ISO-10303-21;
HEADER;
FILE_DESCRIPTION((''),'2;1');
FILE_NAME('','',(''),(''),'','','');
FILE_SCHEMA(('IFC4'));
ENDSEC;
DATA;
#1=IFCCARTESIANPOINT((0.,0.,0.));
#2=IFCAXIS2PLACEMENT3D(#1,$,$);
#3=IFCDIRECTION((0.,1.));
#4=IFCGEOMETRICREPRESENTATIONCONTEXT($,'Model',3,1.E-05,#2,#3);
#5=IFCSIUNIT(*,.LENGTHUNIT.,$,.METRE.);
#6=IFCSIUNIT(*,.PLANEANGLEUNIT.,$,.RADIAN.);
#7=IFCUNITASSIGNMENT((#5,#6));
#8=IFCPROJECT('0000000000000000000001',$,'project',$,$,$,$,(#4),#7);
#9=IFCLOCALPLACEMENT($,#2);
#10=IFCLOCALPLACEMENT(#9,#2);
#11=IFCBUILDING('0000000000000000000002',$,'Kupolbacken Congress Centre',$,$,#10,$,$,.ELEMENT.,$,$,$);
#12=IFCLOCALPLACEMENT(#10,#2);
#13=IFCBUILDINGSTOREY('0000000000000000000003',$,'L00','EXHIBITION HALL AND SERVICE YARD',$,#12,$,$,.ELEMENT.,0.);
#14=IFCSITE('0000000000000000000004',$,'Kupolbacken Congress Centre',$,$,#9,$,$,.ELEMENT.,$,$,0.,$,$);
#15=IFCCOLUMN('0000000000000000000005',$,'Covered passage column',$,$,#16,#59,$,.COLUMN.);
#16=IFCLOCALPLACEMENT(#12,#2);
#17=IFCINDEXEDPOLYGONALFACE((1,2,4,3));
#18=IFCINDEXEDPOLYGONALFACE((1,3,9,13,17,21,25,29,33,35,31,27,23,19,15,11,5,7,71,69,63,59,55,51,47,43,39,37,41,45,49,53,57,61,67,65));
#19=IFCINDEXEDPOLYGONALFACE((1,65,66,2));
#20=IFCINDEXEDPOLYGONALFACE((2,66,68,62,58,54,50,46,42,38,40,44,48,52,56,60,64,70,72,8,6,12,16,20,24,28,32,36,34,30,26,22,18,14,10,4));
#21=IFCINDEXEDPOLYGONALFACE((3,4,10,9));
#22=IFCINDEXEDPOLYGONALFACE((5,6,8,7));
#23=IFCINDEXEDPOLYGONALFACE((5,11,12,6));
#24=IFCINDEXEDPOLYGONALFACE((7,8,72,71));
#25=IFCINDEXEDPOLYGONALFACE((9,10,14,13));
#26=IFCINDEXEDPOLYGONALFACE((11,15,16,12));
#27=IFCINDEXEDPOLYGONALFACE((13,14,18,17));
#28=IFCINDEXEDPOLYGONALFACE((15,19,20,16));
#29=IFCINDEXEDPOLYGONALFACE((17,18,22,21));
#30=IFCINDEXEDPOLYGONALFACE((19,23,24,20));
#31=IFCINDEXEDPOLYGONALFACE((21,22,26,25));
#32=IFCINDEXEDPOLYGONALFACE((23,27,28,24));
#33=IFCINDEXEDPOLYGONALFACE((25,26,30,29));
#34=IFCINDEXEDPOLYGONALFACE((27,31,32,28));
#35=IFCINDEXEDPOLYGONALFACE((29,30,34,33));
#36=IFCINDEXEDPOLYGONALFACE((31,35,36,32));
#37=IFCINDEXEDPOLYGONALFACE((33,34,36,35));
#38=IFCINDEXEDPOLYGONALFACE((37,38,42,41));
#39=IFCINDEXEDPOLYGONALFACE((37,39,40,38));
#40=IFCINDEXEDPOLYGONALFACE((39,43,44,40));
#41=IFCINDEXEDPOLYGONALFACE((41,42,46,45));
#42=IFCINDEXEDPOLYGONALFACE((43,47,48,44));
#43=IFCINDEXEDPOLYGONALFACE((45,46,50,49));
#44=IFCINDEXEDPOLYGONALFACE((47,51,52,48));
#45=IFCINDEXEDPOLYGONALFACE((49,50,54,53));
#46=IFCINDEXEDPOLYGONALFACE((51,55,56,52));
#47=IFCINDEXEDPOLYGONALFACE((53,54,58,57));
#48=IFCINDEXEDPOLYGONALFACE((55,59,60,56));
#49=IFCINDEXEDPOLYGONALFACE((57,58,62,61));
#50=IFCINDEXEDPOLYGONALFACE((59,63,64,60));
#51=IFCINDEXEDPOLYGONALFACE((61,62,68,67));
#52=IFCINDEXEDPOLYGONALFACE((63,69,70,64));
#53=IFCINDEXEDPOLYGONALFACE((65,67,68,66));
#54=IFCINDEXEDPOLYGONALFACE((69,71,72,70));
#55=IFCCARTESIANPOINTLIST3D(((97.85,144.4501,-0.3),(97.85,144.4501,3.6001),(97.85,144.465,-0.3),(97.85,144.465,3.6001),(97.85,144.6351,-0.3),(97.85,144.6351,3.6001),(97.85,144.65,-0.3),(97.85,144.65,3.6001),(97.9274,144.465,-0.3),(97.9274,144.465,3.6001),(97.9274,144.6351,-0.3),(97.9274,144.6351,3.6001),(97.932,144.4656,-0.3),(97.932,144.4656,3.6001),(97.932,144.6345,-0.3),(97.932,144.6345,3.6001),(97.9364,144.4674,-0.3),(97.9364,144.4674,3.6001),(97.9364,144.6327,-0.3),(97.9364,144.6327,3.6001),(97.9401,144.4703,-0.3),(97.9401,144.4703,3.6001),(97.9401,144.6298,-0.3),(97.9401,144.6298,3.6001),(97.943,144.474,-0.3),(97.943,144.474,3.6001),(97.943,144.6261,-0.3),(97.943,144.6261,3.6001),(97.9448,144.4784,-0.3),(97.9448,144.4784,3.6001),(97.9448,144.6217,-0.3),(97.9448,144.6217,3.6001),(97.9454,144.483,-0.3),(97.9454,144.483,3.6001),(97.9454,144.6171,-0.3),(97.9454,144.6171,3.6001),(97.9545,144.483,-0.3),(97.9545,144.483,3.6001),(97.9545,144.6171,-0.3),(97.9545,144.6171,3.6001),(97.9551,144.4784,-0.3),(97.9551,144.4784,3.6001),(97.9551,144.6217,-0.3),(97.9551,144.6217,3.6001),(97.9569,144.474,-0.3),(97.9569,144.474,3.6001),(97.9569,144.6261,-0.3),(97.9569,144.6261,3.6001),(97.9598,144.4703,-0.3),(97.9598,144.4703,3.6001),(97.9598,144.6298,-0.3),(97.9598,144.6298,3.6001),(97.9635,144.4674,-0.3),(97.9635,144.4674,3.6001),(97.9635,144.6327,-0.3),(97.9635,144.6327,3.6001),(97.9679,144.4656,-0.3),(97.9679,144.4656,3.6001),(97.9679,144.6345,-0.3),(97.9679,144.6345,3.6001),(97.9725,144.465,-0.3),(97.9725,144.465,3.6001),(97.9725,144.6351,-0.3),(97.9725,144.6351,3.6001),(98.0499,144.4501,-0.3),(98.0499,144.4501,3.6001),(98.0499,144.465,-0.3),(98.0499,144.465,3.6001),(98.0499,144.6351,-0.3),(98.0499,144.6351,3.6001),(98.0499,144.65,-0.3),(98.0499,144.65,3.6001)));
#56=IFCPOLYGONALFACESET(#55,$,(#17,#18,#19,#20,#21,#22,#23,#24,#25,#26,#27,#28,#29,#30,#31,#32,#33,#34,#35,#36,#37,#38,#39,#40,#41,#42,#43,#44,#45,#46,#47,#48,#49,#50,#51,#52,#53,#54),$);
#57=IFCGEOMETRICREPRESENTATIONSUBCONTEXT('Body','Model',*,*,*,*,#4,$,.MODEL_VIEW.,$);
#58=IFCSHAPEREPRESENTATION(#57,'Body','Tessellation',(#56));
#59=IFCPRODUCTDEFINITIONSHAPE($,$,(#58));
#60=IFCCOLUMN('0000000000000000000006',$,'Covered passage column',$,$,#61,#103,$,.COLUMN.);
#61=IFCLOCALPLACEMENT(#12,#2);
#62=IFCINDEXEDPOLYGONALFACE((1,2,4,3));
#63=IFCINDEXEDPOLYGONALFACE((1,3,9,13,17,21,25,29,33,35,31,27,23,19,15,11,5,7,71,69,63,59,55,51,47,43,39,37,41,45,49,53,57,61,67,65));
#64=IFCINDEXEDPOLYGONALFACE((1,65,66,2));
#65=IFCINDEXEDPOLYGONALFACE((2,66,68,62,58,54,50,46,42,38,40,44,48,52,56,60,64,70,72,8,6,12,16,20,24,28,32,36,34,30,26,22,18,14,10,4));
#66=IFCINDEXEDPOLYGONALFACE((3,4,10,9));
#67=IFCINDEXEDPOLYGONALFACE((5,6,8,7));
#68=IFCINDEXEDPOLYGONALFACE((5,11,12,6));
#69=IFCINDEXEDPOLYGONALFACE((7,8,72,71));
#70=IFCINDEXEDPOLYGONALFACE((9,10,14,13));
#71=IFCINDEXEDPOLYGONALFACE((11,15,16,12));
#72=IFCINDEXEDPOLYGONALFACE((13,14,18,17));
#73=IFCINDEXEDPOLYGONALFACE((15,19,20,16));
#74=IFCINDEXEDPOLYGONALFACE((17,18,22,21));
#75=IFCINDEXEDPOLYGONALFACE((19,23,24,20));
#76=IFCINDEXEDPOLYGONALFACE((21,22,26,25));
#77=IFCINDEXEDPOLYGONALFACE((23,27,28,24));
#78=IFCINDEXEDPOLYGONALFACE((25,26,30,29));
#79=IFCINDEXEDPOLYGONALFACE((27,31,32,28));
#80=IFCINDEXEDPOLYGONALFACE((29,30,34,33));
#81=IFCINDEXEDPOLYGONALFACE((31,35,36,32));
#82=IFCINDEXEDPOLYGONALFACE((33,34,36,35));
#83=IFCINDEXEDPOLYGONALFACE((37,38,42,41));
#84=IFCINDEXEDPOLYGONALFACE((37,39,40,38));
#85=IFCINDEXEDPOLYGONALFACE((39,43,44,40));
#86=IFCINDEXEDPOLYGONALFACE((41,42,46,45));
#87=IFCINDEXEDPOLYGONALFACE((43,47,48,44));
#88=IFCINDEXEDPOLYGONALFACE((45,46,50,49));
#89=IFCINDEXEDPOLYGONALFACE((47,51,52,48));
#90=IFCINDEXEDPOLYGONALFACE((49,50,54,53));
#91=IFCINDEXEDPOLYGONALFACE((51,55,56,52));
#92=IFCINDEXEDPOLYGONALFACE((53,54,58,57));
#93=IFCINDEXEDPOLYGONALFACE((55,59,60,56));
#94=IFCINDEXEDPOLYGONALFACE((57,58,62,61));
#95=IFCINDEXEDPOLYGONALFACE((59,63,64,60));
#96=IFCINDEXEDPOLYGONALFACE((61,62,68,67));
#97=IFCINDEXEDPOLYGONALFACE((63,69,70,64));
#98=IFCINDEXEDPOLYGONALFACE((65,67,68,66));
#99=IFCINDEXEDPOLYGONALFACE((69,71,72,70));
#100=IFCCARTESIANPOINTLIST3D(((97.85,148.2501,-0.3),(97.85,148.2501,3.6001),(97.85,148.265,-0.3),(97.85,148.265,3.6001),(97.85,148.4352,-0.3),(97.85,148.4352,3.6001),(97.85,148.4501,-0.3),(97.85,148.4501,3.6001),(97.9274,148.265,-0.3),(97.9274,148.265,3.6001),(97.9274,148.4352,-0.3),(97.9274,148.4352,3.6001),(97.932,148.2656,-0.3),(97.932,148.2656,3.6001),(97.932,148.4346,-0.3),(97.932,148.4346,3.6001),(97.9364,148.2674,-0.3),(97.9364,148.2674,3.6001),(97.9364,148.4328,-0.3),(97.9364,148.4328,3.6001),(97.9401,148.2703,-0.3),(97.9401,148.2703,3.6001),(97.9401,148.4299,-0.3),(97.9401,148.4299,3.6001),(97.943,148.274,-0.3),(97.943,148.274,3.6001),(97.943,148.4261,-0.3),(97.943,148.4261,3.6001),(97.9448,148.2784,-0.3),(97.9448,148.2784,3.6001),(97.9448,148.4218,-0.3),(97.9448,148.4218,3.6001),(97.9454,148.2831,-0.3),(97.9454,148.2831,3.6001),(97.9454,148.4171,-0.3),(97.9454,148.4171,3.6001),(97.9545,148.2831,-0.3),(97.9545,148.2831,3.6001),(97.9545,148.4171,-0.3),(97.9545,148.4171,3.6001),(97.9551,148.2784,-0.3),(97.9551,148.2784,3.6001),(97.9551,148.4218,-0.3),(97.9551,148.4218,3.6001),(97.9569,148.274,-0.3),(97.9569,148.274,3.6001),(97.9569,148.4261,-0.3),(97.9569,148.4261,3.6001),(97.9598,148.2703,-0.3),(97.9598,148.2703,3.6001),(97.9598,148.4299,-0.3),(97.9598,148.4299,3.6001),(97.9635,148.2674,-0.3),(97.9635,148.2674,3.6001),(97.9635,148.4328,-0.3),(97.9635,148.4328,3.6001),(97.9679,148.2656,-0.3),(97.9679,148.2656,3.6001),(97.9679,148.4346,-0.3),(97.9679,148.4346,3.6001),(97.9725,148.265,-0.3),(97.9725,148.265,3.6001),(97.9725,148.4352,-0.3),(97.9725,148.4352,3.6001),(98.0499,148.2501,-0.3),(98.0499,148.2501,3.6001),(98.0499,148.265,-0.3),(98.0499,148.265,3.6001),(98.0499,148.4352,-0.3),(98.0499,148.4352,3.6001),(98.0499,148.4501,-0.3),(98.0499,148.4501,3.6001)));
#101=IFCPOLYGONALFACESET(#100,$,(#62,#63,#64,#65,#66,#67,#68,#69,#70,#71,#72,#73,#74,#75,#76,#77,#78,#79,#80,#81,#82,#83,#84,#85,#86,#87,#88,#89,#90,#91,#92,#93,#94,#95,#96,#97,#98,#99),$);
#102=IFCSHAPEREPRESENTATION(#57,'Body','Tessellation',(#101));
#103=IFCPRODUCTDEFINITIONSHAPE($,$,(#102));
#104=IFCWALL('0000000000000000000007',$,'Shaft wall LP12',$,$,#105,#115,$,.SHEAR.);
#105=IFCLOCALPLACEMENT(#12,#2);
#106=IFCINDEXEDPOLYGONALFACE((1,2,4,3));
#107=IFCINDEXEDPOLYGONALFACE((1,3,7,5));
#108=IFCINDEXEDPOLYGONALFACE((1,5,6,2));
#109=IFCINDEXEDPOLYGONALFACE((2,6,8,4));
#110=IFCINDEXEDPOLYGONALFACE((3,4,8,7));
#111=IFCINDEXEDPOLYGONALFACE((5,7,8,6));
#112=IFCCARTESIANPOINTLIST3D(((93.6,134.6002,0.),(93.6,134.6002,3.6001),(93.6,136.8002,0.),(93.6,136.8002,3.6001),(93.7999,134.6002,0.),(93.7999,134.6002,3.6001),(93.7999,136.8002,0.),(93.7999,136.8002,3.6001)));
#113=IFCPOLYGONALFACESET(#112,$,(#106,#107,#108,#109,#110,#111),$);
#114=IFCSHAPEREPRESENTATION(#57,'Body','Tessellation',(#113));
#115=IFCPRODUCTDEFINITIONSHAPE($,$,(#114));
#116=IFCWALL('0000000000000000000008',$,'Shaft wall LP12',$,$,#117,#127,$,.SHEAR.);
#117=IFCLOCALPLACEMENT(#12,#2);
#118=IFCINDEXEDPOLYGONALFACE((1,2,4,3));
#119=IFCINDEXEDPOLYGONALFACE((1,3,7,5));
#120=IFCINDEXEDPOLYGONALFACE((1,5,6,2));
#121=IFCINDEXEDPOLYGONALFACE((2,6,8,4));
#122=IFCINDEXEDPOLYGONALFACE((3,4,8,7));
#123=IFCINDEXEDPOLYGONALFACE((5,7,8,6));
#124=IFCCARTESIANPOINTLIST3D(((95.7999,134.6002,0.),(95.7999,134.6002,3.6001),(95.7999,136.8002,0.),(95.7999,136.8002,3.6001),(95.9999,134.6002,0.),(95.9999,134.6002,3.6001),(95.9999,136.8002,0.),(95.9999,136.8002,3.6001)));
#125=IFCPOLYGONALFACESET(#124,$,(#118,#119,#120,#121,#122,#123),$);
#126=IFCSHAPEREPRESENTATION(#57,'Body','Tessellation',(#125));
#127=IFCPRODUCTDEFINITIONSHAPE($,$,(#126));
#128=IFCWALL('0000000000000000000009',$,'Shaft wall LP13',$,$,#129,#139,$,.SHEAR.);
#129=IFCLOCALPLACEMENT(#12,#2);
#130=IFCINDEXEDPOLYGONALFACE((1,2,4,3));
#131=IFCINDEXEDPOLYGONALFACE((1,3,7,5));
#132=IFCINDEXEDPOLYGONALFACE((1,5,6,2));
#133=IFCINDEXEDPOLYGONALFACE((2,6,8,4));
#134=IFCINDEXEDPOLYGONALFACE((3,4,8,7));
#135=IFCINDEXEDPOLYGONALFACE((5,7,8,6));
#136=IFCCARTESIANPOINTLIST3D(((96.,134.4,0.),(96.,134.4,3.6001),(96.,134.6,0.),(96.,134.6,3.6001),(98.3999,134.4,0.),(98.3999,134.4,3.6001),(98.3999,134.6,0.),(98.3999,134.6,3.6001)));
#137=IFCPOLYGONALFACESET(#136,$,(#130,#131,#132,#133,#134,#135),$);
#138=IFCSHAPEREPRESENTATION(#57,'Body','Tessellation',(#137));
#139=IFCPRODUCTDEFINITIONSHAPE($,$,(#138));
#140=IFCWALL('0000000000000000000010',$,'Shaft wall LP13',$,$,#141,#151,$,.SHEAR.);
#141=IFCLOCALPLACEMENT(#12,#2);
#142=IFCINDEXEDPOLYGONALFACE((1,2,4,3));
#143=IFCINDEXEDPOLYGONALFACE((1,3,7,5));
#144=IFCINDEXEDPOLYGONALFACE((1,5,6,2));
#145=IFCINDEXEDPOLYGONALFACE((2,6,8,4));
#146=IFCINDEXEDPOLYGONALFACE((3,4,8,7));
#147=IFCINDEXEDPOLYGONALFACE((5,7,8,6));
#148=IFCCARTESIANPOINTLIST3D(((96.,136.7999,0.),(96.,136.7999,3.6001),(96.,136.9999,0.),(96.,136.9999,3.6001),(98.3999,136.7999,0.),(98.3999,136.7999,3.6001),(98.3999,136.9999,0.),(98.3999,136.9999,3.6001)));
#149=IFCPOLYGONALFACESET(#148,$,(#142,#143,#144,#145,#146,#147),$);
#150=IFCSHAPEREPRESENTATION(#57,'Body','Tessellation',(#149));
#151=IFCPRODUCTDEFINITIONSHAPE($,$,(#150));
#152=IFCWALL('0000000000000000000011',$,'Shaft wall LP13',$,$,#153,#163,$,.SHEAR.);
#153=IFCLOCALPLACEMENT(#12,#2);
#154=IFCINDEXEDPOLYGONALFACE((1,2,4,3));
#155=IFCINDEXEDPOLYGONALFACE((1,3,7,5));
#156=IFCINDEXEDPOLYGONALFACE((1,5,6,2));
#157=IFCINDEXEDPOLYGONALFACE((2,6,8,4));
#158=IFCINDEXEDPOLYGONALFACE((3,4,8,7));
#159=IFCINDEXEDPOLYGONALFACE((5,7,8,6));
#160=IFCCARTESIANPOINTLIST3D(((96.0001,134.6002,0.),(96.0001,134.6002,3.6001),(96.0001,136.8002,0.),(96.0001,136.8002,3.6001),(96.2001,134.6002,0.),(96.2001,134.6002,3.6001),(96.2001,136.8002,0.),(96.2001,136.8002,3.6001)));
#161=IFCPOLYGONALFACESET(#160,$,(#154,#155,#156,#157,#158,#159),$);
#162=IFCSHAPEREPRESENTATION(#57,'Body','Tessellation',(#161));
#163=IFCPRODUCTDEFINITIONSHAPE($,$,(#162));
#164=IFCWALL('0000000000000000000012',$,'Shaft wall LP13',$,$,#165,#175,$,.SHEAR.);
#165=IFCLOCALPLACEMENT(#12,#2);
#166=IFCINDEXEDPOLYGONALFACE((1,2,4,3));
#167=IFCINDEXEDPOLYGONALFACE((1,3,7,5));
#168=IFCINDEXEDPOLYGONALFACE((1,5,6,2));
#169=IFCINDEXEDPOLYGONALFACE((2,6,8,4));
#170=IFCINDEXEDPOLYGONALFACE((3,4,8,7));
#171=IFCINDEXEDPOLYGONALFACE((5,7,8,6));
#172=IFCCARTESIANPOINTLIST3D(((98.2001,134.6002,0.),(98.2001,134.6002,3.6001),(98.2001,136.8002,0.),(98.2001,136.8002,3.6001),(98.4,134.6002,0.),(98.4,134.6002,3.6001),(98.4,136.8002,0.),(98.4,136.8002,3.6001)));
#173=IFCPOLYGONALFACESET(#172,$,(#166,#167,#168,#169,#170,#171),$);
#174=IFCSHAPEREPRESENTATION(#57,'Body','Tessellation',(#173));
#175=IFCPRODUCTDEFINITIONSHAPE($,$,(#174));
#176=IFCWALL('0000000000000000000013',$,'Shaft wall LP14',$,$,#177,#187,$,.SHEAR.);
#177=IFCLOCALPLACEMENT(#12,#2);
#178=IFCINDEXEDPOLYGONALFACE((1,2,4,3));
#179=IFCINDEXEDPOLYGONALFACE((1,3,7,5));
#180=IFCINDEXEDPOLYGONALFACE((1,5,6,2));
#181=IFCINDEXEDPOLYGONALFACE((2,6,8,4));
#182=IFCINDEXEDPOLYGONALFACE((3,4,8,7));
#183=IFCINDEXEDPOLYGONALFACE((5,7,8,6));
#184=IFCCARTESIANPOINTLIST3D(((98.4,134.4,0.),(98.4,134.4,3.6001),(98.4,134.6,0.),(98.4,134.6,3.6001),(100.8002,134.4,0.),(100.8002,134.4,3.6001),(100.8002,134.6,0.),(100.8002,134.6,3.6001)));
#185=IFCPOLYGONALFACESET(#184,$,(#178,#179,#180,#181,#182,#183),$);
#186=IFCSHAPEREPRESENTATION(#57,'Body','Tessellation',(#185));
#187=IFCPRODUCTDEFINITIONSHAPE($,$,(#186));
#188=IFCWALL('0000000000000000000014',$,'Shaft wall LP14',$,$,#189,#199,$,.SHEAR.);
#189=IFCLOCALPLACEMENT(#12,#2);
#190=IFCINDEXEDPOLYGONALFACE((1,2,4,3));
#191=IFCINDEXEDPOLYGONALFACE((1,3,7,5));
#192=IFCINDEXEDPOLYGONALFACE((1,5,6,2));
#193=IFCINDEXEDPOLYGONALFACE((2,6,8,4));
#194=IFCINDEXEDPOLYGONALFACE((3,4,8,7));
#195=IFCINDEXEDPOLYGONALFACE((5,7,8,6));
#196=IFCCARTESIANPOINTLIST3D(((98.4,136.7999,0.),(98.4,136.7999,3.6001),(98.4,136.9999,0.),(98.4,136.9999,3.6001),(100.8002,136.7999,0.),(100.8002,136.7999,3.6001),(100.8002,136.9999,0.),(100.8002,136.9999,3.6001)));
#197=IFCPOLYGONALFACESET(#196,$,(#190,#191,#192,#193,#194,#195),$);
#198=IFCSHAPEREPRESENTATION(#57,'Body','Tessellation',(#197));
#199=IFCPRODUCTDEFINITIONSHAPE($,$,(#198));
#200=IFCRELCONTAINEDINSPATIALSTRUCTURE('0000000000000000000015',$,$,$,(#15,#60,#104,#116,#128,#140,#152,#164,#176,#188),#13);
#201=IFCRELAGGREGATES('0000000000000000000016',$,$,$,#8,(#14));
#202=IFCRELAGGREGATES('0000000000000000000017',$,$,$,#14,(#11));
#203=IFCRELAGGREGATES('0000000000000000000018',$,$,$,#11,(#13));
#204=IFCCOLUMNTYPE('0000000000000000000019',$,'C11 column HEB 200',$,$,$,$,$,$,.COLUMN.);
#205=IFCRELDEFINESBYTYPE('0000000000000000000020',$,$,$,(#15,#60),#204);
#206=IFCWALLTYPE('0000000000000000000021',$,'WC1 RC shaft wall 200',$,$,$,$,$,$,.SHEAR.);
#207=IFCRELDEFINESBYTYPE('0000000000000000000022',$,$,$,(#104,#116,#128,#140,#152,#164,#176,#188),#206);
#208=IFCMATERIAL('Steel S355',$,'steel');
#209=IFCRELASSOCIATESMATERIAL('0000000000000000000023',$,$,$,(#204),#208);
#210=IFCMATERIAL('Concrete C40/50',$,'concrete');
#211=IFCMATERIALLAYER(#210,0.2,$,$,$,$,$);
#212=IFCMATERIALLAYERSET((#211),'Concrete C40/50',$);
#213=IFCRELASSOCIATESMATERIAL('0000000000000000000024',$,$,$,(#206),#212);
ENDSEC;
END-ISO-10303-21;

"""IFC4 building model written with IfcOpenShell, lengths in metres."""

from ifc_helpers import new_model, si_unit, direction, frame, frame_2d, origin, origin_2d, place, context, subcontext, project, spatial, rectangle, i_section, extrude, material, layer, layer_set, material_profile, profile_set, type_object, element, save


model = new_model("IFC4")

# Units and contexts
model_context = context("Model", 3, precision=1e-05, world=origin(), true_north=direction((0.0, 1.0)))
body_context = subcontext(model_context, "Body", "Model", "MODEL_VIEW")
ifc_project = project(units=[si_unit("LENGTHUNIT", "METRE"), si_unit("PLANEANGLEUNIT", "RADIAN")], contexts=[model_context])

# Site, building, storey
site_placement = place(None, origin())
site = spatial("IfcSite", under=ifc_project, at=site_placement, Name="Kupolbacken Congress Centre", CompositionType="ELEMENT", RefElevation=0.0)
building_placement = place(site_placement, origin())
building = spatial("IfcBuilding", under=site, at=building_placement, Name="Kupolbacken Congress Centre", CompositionType="ELEMENT")
storey_placement = place(building_placement, origin())
storey = spatial("IfcBuildingStorey", under=building, at=storey_placement, Name="L00", Description="EXHIBITION HALL AND SERVICE YARD", CompositionType="ELEMENT", Elevation=0.0)

# Columns
ifc_material_1 = material(Name="Steel S355", Category="steel")
ifc_material_profile = material_profile(ifc_material_1, i_section(OverallWidth=0.2, OverallDepth=0.2, WebThickness=0.009, FlangeThickness=0.0149, FilletRadius=0.0181, at=origin_2d()), Name="HEB 200")
ifc_profile_set = profile_set([ifc_material_profile], Name="Steel S355")
column_type = type_object("IfcColumnType", Name="C11 column HEB 200", PredefinedType="COLUMN", material=ifc_profile_set)
for number, where, z_axis, x_axis, name in (
    (1, (97.95, 144.55, -0.3), (0.0, 0.0, 1.0), (1.0, 0.0, 0.0), "Covered passage column"),
    (2, (97.95, 148.3501, -0.3), (0.0, 0.0, 1.0), (1.0, 0.0, 0.0), "Covered passage column"),
):
    element("IfcColumn", number, at=place(storey_placement, frame(where, z_axis=z_axis, x_axis=x_axis)), inside=storey, type_object=column_type, Name=name, PredefinedType="COLUMN", context=body_context, shape_type="SweptSolid", body=[
        extrude(i_section(OverallWidth=0.2, OverallDepth=0.2, WebThickness=0.009, FlangeThickness=0.0149, FilletRadius=0.0181, at=origin_2d()), origin(), (0.0, 0.0, 1.0), 3.9001),
    ])

# Walls
ifc_material_2 = material(Name="Concrete C40/50", Category="concrete")
ifc_layer_1 = layer(ifc_material_2, 0.2)
ifc_layer_set_1 = layer_set([ifc_layer_1], Name="Concrete C40/50")
wall_type_1 = type_object("IfcWallType", Name="WC1 RC shaft wall 200", PredefinedType="SHEAR", material=ifc_layer_set_1)
for number, where, z_axis, x_axis, name in (
    (3, (93.7, 134.6001, 0.0), (0.0, 0.0, 1.0), (0.0, 1.0, 0.0), "Shaft wall LP12"),
    (4, (95.8999, 134.6001, 0.0), (0.0, 0.0, 1.0), (0.0, 1.0, 0.0), "Shaft wall LP12"),
):
    element("IfcWall", number, at=place(storey_placement, frame(where, z_axis=z_axis, x_axis=x_axis)), inside=storey, type_object=wall_type_1, Name=name, PredefinedType="SHEAR", context=body_context, shape_type="SweptSolid", body=[
        extrude(rectangle(XDim=2.2, YDim=0.2, at=frame_2d((1.1001, 0.0))), origin(), (0.0, 0.0, 1.0), 3.6001),
    ])
for number, where, z_axis, x_axis, name in (
    (5, (96.0, 134.5, 0.0), (0.0, 0.0, 1.0), (1.0, 0.0, 0.0), "Shaft wall LP13"),
    (6, (96.0, 136.8999, 0.0), (0.0, 0.0, 1.0), (1.0, 0.0, 0.0), "Shaft wall LP13"),
):
    element("IfcWall", number, at=place(storey_placement, frame(where, z_axis=z_axis, x_axis=x_axis)), inside=storey, type_object=wall_type_1, Name=name, PredefinedType="SHEAR", context=body_context, shape_type="SweptSolid", body=[
        extrude(rectangle(XDim=2.3999, YDim=0.2, at=frame_2d((1.2, 0.0))), origin(), (0.0, 0.0, 1.0), 3.6001),
    ])
for number, where, z_axis, x_axis, name in (
    (7, (96.1001, 134.6001, 0.0), (0.0, 0.0, 1.0), (0.0, 1.0, 0.0), "Shaft wall LP13"),
    (8, (98.3, 134.6001, 0.0), (0.0, 0.0, 1.0), (0.0, 1.0, 0.0), "Shaft wall LP13"),
):
    element("IfcWall", number, at=place(storey_placement, frame(where, z_axis=z_axis, x_axis=x_axis)), inside=storey, type_object=wall_type_1, Name=name, PredefinedType="SHEAR", context=body_context, shape_type="SweptSolid", body=[
        extrude(rectangle(XDim=2.2, YDim=0.2, at=frame_2d((1.1001, 0.0))), origin(), (0.0, 0.0, 1.0), 3.6001),
    ])
for number, where, z_axis, x_axis, name in (
    (9, (98.3999, 134.5, 0.0), (0.0, 0.0, 1.0), (1.0, 0.0, 0.0), "Shaft wall LP14"),
    (10, (98.3999, 136.8999, 0.0), (0.0, 0.0, 1.0), (1.0, 0.0, 0.0), "Shaft wall LP14"),
):
    element("IfcWall", number, at=place(storey_placement, frame(where, z_axis=z_axis, x_axis=x_axis)), inside=storey, type_object=wall_type_1, Name=name, PredefinedType="SHEAR", context=body_context, shape_type="SweptSolid", body=[
        extrude(rectangle(XDim=2.4001, YDim=0.2, at=frame_2d((1.2002, 0.0))), origin(), (0.0, 0.0, 1.0), 3.6001),
    ])

save(model, "model.ifc")
